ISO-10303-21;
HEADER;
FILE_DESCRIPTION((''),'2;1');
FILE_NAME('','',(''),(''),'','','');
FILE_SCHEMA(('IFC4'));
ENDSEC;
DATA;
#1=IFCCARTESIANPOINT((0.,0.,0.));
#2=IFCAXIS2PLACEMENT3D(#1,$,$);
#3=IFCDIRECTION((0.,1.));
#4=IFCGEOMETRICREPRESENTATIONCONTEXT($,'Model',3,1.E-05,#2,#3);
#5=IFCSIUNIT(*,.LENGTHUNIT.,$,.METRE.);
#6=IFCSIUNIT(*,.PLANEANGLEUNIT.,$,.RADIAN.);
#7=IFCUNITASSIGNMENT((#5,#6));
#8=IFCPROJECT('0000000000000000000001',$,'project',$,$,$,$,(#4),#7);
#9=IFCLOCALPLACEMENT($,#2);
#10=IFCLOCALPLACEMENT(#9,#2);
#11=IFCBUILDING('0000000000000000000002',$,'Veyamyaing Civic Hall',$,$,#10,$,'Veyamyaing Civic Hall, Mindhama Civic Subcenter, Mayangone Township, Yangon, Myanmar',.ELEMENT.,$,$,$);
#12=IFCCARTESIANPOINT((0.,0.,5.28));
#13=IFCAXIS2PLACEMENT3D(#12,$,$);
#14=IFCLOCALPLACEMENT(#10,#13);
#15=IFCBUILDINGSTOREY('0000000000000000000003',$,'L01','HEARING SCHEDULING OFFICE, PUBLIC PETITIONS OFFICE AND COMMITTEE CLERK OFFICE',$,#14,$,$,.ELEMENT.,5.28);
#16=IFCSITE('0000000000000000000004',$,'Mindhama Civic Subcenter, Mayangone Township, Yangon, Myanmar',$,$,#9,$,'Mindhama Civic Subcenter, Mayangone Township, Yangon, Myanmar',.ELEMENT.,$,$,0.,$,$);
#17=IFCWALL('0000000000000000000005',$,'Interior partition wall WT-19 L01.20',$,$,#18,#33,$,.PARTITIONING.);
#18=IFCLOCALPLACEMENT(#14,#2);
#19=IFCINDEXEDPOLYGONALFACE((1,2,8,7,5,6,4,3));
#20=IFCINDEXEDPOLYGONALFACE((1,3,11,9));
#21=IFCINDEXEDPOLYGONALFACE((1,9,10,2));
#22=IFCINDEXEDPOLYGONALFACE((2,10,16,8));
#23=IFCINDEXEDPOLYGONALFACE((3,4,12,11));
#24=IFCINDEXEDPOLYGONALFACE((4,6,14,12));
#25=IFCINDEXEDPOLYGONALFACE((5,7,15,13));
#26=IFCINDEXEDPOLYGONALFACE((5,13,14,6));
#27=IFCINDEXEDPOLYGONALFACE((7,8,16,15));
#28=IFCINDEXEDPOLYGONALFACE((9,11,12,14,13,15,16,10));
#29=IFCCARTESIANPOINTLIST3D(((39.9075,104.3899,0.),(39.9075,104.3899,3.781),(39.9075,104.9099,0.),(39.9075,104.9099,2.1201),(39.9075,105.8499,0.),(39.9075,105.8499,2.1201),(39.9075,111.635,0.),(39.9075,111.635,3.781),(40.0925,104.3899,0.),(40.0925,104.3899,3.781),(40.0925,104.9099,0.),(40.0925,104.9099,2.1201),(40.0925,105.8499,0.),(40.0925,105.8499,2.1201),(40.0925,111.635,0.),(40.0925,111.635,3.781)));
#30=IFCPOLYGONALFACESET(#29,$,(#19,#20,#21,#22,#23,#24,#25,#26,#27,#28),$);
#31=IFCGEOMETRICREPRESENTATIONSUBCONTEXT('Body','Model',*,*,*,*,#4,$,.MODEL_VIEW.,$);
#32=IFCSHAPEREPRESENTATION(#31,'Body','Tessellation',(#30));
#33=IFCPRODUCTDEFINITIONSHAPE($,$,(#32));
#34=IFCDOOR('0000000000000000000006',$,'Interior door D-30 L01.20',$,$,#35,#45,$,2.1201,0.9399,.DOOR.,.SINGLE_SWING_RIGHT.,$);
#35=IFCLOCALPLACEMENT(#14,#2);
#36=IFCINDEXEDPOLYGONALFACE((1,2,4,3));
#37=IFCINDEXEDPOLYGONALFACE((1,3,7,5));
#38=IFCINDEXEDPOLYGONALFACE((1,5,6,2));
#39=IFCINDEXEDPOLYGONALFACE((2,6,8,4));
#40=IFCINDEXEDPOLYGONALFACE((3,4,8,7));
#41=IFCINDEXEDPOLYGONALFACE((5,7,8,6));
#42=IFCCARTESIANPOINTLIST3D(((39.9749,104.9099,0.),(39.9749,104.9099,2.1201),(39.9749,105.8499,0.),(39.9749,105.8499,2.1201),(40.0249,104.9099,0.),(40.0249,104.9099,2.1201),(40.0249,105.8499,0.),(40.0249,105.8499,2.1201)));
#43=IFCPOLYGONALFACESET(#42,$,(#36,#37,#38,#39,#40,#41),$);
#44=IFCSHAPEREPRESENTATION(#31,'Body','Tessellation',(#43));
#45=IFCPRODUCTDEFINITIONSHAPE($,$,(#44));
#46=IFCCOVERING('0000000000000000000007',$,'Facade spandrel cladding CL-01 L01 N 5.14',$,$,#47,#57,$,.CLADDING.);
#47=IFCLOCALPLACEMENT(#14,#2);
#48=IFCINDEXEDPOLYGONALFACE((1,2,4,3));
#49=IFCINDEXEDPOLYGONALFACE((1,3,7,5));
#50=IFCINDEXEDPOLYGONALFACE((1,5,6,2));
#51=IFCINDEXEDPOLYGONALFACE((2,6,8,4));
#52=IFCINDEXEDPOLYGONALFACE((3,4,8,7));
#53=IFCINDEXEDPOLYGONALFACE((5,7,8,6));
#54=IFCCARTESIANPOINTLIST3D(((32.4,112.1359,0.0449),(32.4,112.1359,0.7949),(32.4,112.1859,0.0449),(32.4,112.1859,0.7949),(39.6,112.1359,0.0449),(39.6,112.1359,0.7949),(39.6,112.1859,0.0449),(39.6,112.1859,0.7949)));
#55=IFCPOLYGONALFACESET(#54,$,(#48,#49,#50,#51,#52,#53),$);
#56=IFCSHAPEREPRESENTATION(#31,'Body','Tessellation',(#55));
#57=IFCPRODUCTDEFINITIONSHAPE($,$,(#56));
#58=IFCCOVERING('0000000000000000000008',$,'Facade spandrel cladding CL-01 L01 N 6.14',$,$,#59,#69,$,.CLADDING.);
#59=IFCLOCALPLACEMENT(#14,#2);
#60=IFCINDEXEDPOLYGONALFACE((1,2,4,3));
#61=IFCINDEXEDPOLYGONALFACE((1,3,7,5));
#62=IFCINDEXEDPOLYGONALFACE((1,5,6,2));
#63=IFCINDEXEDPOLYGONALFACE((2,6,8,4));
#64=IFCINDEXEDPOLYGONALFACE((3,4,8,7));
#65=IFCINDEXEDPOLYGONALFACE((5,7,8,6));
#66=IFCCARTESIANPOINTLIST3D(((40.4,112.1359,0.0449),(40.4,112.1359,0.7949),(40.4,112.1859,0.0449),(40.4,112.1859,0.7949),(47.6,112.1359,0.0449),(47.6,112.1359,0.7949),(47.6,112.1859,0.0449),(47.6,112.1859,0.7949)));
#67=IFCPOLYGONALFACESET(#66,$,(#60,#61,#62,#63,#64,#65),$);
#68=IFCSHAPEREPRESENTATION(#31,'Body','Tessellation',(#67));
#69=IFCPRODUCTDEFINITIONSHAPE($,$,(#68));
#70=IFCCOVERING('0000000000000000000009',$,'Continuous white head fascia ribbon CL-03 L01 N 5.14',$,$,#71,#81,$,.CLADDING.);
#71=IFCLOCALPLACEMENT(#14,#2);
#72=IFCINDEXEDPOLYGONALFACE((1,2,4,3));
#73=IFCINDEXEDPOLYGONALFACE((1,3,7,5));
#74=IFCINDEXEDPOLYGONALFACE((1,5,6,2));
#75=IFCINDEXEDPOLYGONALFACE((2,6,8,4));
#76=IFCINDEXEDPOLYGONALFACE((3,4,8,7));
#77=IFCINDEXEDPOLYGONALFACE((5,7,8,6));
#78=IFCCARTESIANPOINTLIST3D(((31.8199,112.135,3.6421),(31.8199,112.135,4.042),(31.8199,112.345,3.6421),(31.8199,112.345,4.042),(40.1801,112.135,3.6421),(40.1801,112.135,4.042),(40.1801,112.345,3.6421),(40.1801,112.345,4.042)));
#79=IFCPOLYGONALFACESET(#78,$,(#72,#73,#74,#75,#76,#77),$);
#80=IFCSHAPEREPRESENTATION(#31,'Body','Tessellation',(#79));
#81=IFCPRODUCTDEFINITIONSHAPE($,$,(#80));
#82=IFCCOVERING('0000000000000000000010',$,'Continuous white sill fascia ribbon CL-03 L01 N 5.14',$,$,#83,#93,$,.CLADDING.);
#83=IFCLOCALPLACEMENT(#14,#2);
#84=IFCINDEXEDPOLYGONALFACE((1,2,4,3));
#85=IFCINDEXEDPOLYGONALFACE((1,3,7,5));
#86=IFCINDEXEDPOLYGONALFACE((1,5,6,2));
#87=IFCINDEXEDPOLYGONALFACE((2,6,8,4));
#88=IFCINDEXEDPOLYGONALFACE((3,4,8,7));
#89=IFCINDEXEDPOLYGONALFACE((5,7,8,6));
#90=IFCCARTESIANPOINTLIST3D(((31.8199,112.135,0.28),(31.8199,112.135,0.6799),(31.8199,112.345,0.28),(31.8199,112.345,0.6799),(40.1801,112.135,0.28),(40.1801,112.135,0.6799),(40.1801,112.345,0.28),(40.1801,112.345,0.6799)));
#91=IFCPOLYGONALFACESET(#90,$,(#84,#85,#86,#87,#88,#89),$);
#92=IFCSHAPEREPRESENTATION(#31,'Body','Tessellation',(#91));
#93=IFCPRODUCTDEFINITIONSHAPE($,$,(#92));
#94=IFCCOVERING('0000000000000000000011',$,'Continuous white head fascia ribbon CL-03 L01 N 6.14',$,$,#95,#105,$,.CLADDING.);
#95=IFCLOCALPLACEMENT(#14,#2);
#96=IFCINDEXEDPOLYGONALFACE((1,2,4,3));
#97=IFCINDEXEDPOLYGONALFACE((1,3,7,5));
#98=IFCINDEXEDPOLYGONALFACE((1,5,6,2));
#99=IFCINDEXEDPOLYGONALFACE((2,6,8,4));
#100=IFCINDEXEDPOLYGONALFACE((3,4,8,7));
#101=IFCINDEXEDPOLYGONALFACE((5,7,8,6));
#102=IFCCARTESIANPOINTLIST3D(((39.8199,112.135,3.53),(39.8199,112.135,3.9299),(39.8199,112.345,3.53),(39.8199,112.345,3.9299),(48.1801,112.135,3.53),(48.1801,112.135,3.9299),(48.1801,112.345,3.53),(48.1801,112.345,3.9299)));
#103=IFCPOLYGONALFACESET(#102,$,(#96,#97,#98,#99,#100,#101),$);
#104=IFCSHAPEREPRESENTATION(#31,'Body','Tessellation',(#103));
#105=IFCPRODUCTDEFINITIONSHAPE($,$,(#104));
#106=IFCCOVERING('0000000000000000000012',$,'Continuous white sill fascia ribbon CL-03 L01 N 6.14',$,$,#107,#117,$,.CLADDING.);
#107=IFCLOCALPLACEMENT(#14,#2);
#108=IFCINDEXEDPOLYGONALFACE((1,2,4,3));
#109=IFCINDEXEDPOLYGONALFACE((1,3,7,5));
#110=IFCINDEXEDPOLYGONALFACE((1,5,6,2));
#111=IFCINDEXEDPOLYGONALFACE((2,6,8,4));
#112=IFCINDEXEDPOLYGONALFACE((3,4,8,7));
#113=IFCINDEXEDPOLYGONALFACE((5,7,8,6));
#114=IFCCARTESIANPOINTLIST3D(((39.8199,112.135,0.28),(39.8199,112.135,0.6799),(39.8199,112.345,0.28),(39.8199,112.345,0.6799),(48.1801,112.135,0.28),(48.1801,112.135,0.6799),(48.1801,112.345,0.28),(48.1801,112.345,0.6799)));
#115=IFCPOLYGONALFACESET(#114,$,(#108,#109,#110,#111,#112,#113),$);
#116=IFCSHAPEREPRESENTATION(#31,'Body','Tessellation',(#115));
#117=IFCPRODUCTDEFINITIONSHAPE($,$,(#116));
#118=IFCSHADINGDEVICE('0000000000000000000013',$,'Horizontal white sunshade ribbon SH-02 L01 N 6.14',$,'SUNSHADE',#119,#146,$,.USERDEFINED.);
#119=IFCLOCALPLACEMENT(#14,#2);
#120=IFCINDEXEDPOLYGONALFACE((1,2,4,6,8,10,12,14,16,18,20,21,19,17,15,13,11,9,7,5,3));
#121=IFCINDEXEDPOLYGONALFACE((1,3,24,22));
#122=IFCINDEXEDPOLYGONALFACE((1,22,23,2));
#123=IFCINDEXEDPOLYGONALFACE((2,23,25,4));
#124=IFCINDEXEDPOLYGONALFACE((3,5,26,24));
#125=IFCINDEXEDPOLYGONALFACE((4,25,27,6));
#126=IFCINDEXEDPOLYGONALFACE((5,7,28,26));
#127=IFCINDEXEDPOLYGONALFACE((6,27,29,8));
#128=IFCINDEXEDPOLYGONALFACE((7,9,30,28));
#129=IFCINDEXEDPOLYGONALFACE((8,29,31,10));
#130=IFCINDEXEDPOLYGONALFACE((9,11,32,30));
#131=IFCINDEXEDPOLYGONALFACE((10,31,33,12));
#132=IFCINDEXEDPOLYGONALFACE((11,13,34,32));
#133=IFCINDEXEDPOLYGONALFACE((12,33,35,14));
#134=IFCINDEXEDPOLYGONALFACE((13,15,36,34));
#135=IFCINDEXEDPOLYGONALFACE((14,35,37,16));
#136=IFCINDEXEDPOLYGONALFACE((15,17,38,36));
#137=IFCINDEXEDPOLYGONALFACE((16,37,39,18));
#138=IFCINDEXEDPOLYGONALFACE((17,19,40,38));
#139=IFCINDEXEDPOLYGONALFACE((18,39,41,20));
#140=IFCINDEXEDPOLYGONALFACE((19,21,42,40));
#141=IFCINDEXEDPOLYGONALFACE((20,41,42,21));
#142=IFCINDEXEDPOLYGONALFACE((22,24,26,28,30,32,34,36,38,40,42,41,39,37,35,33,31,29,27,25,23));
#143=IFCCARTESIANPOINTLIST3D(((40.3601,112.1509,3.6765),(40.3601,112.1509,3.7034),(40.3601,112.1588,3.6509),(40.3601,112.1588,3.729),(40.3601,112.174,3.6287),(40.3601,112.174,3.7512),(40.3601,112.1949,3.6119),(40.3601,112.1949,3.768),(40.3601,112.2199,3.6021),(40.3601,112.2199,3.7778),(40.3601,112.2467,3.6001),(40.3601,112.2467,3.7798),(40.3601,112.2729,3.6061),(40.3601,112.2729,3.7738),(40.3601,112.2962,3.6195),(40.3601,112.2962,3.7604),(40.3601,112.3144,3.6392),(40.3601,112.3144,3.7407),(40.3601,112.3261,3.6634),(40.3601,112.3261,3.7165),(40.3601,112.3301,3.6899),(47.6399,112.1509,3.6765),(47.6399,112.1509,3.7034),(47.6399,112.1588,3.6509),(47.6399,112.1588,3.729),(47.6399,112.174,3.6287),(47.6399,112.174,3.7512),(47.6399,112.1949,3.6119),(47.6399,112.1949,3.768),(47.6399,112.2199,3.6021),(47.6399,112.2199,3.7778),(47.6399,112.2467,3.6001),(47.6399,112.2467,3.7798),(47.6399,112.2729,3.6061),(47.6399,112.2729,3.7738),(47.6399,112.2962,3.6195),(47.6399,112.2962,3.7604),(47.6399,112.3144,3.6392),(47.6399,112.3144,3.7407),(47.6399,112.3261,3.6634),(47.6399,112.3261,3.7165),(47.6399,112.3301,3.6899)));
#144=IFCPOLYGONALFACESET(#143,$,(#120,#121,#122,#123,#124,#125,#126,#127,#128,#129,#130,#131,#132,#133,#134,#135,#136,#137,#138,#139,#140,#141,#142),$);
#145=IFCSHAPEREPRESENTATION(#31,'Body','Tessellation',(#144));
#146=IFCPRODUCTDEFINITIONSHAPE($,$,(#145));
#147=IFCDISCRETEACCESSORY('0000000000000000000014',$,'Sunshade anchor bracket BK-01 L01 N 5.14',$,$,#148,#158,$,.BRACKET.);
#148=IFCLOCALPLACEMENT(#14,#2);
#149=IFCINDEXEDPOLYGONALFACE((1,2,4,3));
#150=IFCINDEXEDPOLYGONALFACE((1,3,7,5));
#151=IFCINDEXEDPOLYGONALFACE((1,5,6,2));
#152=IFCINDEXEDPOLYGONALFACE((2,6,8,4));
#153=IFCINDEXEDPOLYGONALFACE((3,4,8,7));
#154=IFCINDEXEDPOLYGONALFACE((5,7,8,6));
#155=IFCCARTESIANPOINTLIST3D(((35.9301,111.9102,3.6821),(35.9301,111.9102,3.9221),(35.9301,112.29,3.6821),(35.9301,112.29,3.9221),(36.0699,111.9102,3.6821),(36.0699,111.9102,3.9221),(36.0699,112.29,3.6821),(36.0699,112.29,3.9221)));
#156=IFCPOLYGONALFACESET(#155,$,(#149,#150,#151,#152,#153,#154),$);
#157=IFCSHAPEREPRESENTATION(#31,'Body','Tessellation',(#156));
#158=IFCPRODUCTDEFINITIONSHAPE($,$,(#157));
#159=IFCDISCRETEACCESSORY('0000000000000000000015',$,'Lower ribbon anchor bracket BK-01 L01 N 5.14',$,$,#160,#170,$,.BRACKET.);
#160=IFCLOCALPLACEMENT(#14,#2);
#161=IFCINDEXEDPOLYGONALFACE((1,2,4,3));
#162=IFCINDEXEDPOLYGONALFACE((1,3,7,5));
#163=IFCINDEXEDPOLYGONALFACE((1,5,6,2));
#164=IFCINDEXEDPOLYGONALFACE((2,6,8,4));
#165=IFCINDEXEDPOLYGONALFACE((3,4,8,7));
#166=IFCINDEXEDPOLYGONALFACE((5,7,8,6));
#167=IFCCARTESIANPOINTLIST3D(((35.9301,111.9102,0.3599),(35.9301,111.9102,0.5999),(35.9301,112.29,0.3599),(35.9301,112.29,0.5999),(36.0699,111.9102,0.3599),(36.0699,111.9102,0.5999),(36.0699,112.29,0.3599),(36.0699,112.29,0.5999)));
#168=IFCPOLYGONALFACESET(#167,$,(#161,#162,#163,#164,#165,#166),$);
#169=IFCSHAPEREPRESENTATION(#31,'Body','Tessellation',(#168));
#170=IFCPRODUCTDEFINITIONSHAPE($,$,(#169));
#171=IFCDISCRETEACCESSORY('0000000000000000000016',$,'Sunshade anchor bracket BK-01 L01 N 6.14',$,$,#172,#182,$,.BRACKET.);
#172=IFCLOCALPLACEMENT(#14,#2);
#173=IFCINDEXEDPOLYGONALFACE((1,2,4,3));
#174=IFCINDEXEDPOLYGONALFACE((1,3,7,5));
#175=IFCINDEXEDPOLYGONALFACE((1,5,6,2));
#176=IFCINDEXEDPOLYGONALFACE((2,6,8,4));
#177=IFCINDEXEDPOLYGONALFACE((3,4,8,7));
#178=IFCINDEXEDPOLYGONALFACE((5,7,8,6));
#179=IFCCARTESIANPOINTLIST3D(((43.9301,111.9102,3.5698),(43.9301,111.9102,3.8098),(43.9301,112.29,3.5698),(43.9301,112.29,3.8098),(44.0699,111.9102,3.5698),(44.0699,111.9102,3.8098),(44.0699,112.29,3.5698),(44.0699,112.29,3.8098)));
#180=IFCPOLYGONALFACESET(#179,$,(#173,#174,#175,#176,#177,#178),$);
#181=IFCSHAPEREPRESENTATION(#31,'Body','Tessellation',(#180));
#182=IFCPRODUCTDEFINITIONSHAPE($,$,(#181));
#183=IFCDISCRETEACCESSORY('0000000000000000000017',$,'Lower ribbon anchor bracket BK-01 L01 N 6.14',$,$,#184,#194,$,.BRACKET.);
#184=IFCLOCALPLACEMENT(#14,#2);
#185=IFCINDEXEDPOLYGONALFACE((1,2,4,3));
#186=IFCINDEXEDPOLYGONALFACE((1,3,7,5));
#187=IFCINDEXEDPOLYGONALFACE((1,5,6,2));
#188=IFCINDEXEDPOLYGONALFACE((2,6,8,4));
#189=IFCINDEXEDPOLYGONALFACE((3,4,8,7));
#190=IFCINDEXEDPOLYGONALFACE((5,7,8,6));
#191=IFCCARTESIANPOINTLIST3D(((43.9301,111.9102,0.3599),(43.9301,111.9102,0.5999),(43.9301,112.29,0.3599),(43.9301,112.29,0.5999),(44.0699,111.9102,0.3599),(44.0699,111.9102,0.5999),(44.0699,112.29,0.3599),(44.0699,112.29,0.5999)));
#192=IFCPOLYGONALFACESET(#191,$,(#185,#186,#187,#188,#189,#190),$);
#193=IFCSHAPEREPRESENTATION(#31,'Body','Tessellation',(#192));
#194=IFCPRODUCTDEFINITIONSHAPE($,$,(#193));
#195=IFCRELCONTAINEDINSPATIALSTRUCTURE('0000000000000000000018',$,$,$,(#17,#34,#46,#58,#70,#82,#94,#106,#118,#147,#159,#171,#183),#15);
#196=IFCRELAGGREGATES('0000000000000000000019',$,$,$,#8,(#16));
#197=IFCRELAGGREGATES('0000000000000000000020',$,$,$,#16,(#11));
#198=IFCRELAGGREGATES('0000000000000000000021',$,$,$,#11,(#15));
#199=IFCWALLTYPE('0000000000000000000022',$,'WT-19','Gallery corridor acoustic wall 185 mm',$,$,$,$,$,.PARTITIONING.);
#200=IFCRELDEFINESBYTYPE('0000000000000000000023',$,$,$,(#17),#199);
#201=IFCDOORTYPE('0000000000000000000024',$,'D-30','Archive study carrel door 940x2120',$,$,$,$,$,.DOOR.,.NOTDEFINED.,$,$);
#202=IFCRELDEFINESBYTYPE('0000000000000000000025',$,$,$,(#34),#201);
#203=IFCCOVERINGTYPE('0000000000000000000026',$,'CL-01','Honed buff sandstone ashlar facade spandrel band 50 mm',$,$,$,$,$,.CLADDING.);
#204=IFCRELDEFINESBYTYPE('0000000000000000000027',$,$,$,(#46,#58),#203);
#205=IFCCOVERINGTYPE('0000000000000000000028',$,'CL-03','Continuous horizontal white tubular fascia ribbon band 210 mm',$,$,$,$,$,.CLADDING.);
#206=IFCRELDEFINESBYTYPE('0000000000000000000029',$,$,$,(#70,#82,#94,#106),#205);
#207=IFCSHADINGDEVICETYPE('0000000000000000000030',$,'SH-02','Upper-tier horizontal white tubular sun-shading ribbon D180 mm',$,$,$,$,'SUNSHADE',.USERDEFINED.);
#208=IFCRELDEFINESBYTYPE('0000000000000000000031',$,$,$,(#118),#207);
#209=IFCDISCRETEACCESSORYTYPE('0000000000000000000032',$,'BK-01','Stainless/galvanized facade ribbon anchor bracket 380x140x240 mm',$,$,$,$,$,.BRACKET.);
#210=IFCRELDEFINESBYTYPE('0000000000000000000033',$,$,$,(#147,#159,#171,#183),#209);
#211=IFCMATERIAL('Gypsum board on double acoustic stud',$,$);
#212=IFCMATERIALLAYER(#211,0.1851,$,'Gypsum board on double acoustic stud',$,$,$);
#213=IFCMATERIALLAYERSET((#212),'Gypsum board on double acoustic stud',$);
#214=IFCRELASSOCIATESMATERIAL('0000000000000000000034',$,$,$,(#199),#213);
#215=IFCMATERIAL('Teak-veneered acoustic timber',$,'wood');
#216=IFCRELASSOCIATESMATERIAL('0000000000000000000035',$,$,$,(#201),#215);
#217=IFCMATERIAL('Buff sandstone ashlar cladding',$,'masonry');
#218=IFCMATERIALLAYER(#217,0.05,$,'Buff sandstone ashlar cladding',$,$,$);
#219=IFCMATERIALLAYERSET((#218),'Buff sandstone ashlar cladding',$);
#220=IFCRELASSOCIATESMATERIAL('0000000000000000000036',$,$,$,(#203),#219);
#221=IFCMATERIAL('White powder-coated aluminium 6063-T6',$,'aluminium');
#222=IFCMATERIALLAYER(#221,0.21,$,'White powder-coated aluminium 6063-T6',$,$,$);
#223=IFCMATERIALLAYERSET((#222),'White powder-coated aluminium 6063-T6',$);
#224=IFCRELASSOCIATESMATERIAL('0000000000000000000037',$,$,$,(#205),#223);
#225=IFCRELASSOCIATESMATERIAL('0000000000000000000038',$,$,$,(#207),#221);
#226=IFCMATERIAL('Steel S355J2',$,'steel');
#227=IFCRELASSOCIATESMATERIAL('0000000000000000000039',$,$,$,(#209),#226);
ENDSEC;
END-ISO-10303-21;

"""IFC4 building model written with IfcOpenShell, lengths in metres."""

from ifc_helpers import new_model, si_unit, direction, frame, frame_2d, origin, origin_2d, place, context, subcontext, project, spatial, rectangle, circle, extrude, material, layer, layer_set, material_profile, profile_set, type_object, element, fill, save


model = new_model("IFC4")

# Units and contexts
model_context = context("Model", 3, precision=1e-05, world=origin(), true_north=direction((0.0, 1.0)))
body_context = subcontext(model_context, "Body", "Model", "MODEL_VIEW")
ifc_project = project(units=[si_unit("LENGTHUNIT", "METRE"), si_unit("PLANEANGLEUNIT", "RADIAN")], contexts=[model_context])

# Site, building, storey
site_placement = place(None, origin())
site = spatial("IfcSite", under=ifc_project, at=site_placement, Name="Mindhama Civic Subcenter, Mayangone Township, Yangon, Myanmar", LongName="Mindhama Civic Subcenter, Mayangone Township, Yangon, Myanmar", CompositionType="ELEMENT", RefElevation=0.0)
building_placement = place(site_placement, origin())
building = spatial("IfcBuilding", under=site, at=building_placement, Name="Veyamyaing Civic Hall", LongName="Veyamyaing Civic Hall, Mindhama Civic Subcenter, Mayangone Township, Yangon, Myanmar", CompositionType="ELEMENT")
storey_placement = place(building_placement, frame((0.0, 0.0, 5.28)))
storey = spatial("IfcBuildingStorey", under=building, at=storey_placement, Name="L01", Description="HEARING SCHEDULING OFFICE, PUBLIC PETITIONS OFFICE AND COMMITTEE CLERK OFFICE", CompositionType="ELEMENT", Elevation=5.28)

# Wall, opening, door
ifc_material_1 = material(Name="Gypsum board on double acoustic stud")
ifc_layer_1 = layer(ifc_material_1, 0.1851, Name="Gypsum board on double acoustic stud")
ifc_layer_set_1 = layer_set([ifc_layer_1], Name="Gypsum board on double acoustic stud")
wall_type_1 = type_object("IfcWallType", Name="WT-19", Description="Gallery corridor acoustic wall 185 mm", PredefinedType="PARTITIONING", material=ifc_layer_set_1)
wall_1_placement = place(storey_placement, frame((40.0, 104.3899, 0.0), z_axis=(0.0, 0.0, 1.0), x_axis=(0.0, 1.0, 0.0)))
wall_1 = element("IfcWall", 1, at=wall_1_placement, inside=storey, type_object=wall_type_1, Name="Interior partition wall WT-19 L01.20", PredefinedType="PARTITIONING", context=body_context, shape_type="SweptSolid", body=[
    extrude(rectangle(XDim=7.2451, YDim=0.1851, at=frame_2d((3.6226, 0.0))), origin(), (0.0, 0.0, 1.0), 3.781),
])
opening_1_placement = place(wall_1_placement, frame((0.52, 0.0, 0.0)))
opening_1 = element("IfcOpeningElement", 2, at=opening_1_placement, cuts=wall_1, PredefinedType="OPENING", context=body_context, shape_type="SweptSolid", body=[
    extrude(rectangle(XDim=0.9399, YDim=2.1201, at=frame_2d((0.47, 1.0601))), frame((0.0, 0.1025, 0.0), z_axis=(0.0, -1.0, 0.0), x_axis=(1.0, 0.0, 0.0)), (0.0, 0.0, 1.0), 0.2051),
])
ifc_material_2 = material(Name="Teak-veneered acoustic timber", Category="wood")
door_type = type_object("IfcDoorType", Name="D-30", Description="Archive study carrel door 940x2120", OperationType="NOTDEFINED", PredefinedType="DOOR", material=ifc_material_2)
door_placement = place(opening_1_placement, frame((0.9399, 0.0, 0.0), z_axis=(0.0, 0.0, 1.0), x_axis=(-1.0, 0.0, 0.0)))
door = element("IfcDoor", 3, at=door_placement, inside=storey, type_object=door_type, Name="Interior door D-30 L01.20", OperationType="SINGLE_SWING_RIGHT", OverallHeight=2.1201, OverallWidth=0.9399, PredefinedType="DOOR", context=body_context, shape_type="SweptSolid", body=[
    extrude(rectangle(XDim=0.9399, YDim=2.1201, at=frame_2d((0.47, 1.0601))), frame((0.0, 0.0249, 0.0), z_axis=(0.0, -1.0, 0.0), x_axis=(1.0, 0.0, 0.0)), (0.0, 0.0, 1.0), 0.05),
])
fill(opening_1, door)

# Coverings
ifc_material_3 = material(Name="Buff sandstone ashlar cladding", Category="masonry")
ifc_layer_2 = layer(ifc_material_3, 0.05, Name="Buff sandstone ashlar cladding")
ifc_layer_set_2 = layer_set([ifc_layer_2], Name="Buff sandstone ashlar cladding")
covering_type_1 = type_object("IfcCoveringType", Name="CL-01", Description="Honed buff sandstone ashlar facade spandrel band 50 mm", PredefinedType="CLADDING", material=ifc_layer_set_2)
for number, where, z_axis, x_axis, name in (
    (4, (36.0, 112.1609, 0.0449), (0.0, 0.0, 1.0), (1.0, 0.0, 0.0), "Facade spandrel cladding CL-01 L01 N 5.14"),
    (5, (44.0, 112.1609, 0.0449), (0.0, 0.0, 1.0), (1.0, 0.0, 0.0), "Facade spandrel cladding CL-01 L01 N 6.14"),
):
    element("IfcCovering", number, at=place(storey_placement, frame(where, z_axis=z_axis, x_axis=x_axis)), inside=storey, type_object=covering_type_1, Name=name, PredefinedType="CLADDING", context=body_context, shape_type="SweptSolid", body=[
        extrude(rectangle(XDim=7.2, YDim=0.05, at=origin_2d()), origin(), (0.0, 0.0, 1.0), 0.75),
    ])
ifc_material_4 = material(Name="White powder-coated aluminium 6063-T6", Category="aluminium")
ifc_layer_3 = layer(ifc_material_4, 0.21, Name="White powder-coated aluminium 6063-T6")
ifc_layer_set_3 = layer_set([ifc_layer_3], Name="White powder-coated aluminium 6063-T6")
covering_type_2 = type_object("IfcCoveringType", Name="CL-03", Description="Continuous horizontal white tubular fascia ribbon band 210 mm", PredefinedType="CLADDING", material=ifc_layer_set_3)
for number, where, z_axis, x_axis, name in (
    (6, (36.0, 112.24, 3.6421), (0.0, 0.0, 1.0), (1.0, 0.0, 0.0), "Continuous white head fascia ribbon CL-03 L01 N 5.14"),
    (7, (36.0, 112.24, 0.28), (0.0, 0.0, 1.0), (1.0, 0.0, 0.0), "Continuous white sill fascia ribbon CL-03 L01 N 5.14"),
    (8, (44.0, 112.24, 3.53), (0.0, 0.0, 1.0), (1.0, 0.0, 0.0), "Continuous white head fascia ribbon CL-03 L01 N 6.14"),
    (9, (44.0, 112.24, 0.28), (0.0, 0.0, 1.0), (1.0, 0.0, 0.0), "Continuous white sill fascia ribbon CL-03 L01 N 6.14"),
):
    element("IfcCovering", number, at=place(storey_placement, frame(where, z_axis=z_axis, x_axis=x_axis)), inside=storey, type_object=covering_type_2, Name=name, PredefinedType="CLADDING", context=body_context, shape_type="SweptSolid", body=[
        extrude(rectangle(XDim=8.3601, YDim=0.21, at=origin_2d()), origin(), (0.0, 0.0, 1.0), 0.3999),
    ])

# Shading device
ifc_material_profile_1 = material_profile(ifc_material_4, circle(Radius=0.0901, at=origin_2d()), Name="SHADE-TUBE-180")
ifc_profile_set_1 = profile_set([ifc_material_profile_1], Name="White powder-coated aluminium 6063-T6")
shading_device_type = type_object("IfcShadingDeviceType", Name="SH-02", Description="Upper-tier horizontal white tubular sun-shading ribbon D180 mm", ElementType="SUNSHADE", PredefinedType="USERDEFINED", material=ifc_profile_set_1)
shading_device_placement = place(storey_placement, frame((40.3601, 112.24, 3.6899), z_axis=(1.0, 0.0, 0.0), x_axis=(0.0, 1.0, 0.0)))
element("IfcShadingDevice", 10, at=shading_device_placement, inside=storey, type_object=shading_device_type, Name="Horizontal white sunshade ribbon SH-02 L01 N 6.14", ObjectType="SUNSHADE", PredefinedType="USERDEFINED", context=body_context, shape_type="SweptSolid", body=[
    extrude(circle(Radius=0.0901, at=origin_2d()), origin(), (0.0, 0.0, 1.0), 7.2798),
])

# Discrete accessories
ifc_material_5 = material(Name="Steel S355J2", Category="steel")
discrete_accessory_type = type_object("IfcDiscreteAccessoryType", Name="BK-01", Description="Stainless/galvanized facade ribbon anchor bracket 380x140x240 mm", PredefinedType="BRACKET", material=ifc_material_5)
for number, where, z_axis, x_axis, name in (
    (11, (36.0, 112.1001, 3.6821), (0.0, 0.0, 1.0), (0.0, 1.0, 0.0), "Sunshade anchor bracket BK-01 L01 N 5.14"),
    (12, (36.0, 112.1001, 0.3599), (0.0, 0.0, 1.0), (0.0, 1.0, 0.0), "Lower ribbon anchor bracket BK-01 L01 N 5.14"),
    (13, (44.0, 112.1001, 3.5698), (0.0, 0.0, 1.0), (0.0, 1.0, 0.0), "Sunshade anchor bracket BK-01 L01 N 6.14"),
    (14, (44.0, 112.1001, 0.3599), (0.0, 0.0, 1.0), (0.0, 1.0, 0.0), "Lower ribbon anchor bracket BK-01 L01 N 6.14"),
):
    element("IfcDiscreteAccessory", number, at=place(storey_placement, frame(where, z_axis=z_axis, x_axis=x_axis)), inside=storey, type_object=discrete_accessory_type, Name=name, PredefinedType="BRACKET", context=body_context, shape_type="SweptSolid", body=[
        extrude(rectangle(XDim=0.3799, YDim=0.1399, at=origin_2d()), origin(), (0.0, 0.0, 1.0), 0.24),
    ])

save(model, "model.ifc")
